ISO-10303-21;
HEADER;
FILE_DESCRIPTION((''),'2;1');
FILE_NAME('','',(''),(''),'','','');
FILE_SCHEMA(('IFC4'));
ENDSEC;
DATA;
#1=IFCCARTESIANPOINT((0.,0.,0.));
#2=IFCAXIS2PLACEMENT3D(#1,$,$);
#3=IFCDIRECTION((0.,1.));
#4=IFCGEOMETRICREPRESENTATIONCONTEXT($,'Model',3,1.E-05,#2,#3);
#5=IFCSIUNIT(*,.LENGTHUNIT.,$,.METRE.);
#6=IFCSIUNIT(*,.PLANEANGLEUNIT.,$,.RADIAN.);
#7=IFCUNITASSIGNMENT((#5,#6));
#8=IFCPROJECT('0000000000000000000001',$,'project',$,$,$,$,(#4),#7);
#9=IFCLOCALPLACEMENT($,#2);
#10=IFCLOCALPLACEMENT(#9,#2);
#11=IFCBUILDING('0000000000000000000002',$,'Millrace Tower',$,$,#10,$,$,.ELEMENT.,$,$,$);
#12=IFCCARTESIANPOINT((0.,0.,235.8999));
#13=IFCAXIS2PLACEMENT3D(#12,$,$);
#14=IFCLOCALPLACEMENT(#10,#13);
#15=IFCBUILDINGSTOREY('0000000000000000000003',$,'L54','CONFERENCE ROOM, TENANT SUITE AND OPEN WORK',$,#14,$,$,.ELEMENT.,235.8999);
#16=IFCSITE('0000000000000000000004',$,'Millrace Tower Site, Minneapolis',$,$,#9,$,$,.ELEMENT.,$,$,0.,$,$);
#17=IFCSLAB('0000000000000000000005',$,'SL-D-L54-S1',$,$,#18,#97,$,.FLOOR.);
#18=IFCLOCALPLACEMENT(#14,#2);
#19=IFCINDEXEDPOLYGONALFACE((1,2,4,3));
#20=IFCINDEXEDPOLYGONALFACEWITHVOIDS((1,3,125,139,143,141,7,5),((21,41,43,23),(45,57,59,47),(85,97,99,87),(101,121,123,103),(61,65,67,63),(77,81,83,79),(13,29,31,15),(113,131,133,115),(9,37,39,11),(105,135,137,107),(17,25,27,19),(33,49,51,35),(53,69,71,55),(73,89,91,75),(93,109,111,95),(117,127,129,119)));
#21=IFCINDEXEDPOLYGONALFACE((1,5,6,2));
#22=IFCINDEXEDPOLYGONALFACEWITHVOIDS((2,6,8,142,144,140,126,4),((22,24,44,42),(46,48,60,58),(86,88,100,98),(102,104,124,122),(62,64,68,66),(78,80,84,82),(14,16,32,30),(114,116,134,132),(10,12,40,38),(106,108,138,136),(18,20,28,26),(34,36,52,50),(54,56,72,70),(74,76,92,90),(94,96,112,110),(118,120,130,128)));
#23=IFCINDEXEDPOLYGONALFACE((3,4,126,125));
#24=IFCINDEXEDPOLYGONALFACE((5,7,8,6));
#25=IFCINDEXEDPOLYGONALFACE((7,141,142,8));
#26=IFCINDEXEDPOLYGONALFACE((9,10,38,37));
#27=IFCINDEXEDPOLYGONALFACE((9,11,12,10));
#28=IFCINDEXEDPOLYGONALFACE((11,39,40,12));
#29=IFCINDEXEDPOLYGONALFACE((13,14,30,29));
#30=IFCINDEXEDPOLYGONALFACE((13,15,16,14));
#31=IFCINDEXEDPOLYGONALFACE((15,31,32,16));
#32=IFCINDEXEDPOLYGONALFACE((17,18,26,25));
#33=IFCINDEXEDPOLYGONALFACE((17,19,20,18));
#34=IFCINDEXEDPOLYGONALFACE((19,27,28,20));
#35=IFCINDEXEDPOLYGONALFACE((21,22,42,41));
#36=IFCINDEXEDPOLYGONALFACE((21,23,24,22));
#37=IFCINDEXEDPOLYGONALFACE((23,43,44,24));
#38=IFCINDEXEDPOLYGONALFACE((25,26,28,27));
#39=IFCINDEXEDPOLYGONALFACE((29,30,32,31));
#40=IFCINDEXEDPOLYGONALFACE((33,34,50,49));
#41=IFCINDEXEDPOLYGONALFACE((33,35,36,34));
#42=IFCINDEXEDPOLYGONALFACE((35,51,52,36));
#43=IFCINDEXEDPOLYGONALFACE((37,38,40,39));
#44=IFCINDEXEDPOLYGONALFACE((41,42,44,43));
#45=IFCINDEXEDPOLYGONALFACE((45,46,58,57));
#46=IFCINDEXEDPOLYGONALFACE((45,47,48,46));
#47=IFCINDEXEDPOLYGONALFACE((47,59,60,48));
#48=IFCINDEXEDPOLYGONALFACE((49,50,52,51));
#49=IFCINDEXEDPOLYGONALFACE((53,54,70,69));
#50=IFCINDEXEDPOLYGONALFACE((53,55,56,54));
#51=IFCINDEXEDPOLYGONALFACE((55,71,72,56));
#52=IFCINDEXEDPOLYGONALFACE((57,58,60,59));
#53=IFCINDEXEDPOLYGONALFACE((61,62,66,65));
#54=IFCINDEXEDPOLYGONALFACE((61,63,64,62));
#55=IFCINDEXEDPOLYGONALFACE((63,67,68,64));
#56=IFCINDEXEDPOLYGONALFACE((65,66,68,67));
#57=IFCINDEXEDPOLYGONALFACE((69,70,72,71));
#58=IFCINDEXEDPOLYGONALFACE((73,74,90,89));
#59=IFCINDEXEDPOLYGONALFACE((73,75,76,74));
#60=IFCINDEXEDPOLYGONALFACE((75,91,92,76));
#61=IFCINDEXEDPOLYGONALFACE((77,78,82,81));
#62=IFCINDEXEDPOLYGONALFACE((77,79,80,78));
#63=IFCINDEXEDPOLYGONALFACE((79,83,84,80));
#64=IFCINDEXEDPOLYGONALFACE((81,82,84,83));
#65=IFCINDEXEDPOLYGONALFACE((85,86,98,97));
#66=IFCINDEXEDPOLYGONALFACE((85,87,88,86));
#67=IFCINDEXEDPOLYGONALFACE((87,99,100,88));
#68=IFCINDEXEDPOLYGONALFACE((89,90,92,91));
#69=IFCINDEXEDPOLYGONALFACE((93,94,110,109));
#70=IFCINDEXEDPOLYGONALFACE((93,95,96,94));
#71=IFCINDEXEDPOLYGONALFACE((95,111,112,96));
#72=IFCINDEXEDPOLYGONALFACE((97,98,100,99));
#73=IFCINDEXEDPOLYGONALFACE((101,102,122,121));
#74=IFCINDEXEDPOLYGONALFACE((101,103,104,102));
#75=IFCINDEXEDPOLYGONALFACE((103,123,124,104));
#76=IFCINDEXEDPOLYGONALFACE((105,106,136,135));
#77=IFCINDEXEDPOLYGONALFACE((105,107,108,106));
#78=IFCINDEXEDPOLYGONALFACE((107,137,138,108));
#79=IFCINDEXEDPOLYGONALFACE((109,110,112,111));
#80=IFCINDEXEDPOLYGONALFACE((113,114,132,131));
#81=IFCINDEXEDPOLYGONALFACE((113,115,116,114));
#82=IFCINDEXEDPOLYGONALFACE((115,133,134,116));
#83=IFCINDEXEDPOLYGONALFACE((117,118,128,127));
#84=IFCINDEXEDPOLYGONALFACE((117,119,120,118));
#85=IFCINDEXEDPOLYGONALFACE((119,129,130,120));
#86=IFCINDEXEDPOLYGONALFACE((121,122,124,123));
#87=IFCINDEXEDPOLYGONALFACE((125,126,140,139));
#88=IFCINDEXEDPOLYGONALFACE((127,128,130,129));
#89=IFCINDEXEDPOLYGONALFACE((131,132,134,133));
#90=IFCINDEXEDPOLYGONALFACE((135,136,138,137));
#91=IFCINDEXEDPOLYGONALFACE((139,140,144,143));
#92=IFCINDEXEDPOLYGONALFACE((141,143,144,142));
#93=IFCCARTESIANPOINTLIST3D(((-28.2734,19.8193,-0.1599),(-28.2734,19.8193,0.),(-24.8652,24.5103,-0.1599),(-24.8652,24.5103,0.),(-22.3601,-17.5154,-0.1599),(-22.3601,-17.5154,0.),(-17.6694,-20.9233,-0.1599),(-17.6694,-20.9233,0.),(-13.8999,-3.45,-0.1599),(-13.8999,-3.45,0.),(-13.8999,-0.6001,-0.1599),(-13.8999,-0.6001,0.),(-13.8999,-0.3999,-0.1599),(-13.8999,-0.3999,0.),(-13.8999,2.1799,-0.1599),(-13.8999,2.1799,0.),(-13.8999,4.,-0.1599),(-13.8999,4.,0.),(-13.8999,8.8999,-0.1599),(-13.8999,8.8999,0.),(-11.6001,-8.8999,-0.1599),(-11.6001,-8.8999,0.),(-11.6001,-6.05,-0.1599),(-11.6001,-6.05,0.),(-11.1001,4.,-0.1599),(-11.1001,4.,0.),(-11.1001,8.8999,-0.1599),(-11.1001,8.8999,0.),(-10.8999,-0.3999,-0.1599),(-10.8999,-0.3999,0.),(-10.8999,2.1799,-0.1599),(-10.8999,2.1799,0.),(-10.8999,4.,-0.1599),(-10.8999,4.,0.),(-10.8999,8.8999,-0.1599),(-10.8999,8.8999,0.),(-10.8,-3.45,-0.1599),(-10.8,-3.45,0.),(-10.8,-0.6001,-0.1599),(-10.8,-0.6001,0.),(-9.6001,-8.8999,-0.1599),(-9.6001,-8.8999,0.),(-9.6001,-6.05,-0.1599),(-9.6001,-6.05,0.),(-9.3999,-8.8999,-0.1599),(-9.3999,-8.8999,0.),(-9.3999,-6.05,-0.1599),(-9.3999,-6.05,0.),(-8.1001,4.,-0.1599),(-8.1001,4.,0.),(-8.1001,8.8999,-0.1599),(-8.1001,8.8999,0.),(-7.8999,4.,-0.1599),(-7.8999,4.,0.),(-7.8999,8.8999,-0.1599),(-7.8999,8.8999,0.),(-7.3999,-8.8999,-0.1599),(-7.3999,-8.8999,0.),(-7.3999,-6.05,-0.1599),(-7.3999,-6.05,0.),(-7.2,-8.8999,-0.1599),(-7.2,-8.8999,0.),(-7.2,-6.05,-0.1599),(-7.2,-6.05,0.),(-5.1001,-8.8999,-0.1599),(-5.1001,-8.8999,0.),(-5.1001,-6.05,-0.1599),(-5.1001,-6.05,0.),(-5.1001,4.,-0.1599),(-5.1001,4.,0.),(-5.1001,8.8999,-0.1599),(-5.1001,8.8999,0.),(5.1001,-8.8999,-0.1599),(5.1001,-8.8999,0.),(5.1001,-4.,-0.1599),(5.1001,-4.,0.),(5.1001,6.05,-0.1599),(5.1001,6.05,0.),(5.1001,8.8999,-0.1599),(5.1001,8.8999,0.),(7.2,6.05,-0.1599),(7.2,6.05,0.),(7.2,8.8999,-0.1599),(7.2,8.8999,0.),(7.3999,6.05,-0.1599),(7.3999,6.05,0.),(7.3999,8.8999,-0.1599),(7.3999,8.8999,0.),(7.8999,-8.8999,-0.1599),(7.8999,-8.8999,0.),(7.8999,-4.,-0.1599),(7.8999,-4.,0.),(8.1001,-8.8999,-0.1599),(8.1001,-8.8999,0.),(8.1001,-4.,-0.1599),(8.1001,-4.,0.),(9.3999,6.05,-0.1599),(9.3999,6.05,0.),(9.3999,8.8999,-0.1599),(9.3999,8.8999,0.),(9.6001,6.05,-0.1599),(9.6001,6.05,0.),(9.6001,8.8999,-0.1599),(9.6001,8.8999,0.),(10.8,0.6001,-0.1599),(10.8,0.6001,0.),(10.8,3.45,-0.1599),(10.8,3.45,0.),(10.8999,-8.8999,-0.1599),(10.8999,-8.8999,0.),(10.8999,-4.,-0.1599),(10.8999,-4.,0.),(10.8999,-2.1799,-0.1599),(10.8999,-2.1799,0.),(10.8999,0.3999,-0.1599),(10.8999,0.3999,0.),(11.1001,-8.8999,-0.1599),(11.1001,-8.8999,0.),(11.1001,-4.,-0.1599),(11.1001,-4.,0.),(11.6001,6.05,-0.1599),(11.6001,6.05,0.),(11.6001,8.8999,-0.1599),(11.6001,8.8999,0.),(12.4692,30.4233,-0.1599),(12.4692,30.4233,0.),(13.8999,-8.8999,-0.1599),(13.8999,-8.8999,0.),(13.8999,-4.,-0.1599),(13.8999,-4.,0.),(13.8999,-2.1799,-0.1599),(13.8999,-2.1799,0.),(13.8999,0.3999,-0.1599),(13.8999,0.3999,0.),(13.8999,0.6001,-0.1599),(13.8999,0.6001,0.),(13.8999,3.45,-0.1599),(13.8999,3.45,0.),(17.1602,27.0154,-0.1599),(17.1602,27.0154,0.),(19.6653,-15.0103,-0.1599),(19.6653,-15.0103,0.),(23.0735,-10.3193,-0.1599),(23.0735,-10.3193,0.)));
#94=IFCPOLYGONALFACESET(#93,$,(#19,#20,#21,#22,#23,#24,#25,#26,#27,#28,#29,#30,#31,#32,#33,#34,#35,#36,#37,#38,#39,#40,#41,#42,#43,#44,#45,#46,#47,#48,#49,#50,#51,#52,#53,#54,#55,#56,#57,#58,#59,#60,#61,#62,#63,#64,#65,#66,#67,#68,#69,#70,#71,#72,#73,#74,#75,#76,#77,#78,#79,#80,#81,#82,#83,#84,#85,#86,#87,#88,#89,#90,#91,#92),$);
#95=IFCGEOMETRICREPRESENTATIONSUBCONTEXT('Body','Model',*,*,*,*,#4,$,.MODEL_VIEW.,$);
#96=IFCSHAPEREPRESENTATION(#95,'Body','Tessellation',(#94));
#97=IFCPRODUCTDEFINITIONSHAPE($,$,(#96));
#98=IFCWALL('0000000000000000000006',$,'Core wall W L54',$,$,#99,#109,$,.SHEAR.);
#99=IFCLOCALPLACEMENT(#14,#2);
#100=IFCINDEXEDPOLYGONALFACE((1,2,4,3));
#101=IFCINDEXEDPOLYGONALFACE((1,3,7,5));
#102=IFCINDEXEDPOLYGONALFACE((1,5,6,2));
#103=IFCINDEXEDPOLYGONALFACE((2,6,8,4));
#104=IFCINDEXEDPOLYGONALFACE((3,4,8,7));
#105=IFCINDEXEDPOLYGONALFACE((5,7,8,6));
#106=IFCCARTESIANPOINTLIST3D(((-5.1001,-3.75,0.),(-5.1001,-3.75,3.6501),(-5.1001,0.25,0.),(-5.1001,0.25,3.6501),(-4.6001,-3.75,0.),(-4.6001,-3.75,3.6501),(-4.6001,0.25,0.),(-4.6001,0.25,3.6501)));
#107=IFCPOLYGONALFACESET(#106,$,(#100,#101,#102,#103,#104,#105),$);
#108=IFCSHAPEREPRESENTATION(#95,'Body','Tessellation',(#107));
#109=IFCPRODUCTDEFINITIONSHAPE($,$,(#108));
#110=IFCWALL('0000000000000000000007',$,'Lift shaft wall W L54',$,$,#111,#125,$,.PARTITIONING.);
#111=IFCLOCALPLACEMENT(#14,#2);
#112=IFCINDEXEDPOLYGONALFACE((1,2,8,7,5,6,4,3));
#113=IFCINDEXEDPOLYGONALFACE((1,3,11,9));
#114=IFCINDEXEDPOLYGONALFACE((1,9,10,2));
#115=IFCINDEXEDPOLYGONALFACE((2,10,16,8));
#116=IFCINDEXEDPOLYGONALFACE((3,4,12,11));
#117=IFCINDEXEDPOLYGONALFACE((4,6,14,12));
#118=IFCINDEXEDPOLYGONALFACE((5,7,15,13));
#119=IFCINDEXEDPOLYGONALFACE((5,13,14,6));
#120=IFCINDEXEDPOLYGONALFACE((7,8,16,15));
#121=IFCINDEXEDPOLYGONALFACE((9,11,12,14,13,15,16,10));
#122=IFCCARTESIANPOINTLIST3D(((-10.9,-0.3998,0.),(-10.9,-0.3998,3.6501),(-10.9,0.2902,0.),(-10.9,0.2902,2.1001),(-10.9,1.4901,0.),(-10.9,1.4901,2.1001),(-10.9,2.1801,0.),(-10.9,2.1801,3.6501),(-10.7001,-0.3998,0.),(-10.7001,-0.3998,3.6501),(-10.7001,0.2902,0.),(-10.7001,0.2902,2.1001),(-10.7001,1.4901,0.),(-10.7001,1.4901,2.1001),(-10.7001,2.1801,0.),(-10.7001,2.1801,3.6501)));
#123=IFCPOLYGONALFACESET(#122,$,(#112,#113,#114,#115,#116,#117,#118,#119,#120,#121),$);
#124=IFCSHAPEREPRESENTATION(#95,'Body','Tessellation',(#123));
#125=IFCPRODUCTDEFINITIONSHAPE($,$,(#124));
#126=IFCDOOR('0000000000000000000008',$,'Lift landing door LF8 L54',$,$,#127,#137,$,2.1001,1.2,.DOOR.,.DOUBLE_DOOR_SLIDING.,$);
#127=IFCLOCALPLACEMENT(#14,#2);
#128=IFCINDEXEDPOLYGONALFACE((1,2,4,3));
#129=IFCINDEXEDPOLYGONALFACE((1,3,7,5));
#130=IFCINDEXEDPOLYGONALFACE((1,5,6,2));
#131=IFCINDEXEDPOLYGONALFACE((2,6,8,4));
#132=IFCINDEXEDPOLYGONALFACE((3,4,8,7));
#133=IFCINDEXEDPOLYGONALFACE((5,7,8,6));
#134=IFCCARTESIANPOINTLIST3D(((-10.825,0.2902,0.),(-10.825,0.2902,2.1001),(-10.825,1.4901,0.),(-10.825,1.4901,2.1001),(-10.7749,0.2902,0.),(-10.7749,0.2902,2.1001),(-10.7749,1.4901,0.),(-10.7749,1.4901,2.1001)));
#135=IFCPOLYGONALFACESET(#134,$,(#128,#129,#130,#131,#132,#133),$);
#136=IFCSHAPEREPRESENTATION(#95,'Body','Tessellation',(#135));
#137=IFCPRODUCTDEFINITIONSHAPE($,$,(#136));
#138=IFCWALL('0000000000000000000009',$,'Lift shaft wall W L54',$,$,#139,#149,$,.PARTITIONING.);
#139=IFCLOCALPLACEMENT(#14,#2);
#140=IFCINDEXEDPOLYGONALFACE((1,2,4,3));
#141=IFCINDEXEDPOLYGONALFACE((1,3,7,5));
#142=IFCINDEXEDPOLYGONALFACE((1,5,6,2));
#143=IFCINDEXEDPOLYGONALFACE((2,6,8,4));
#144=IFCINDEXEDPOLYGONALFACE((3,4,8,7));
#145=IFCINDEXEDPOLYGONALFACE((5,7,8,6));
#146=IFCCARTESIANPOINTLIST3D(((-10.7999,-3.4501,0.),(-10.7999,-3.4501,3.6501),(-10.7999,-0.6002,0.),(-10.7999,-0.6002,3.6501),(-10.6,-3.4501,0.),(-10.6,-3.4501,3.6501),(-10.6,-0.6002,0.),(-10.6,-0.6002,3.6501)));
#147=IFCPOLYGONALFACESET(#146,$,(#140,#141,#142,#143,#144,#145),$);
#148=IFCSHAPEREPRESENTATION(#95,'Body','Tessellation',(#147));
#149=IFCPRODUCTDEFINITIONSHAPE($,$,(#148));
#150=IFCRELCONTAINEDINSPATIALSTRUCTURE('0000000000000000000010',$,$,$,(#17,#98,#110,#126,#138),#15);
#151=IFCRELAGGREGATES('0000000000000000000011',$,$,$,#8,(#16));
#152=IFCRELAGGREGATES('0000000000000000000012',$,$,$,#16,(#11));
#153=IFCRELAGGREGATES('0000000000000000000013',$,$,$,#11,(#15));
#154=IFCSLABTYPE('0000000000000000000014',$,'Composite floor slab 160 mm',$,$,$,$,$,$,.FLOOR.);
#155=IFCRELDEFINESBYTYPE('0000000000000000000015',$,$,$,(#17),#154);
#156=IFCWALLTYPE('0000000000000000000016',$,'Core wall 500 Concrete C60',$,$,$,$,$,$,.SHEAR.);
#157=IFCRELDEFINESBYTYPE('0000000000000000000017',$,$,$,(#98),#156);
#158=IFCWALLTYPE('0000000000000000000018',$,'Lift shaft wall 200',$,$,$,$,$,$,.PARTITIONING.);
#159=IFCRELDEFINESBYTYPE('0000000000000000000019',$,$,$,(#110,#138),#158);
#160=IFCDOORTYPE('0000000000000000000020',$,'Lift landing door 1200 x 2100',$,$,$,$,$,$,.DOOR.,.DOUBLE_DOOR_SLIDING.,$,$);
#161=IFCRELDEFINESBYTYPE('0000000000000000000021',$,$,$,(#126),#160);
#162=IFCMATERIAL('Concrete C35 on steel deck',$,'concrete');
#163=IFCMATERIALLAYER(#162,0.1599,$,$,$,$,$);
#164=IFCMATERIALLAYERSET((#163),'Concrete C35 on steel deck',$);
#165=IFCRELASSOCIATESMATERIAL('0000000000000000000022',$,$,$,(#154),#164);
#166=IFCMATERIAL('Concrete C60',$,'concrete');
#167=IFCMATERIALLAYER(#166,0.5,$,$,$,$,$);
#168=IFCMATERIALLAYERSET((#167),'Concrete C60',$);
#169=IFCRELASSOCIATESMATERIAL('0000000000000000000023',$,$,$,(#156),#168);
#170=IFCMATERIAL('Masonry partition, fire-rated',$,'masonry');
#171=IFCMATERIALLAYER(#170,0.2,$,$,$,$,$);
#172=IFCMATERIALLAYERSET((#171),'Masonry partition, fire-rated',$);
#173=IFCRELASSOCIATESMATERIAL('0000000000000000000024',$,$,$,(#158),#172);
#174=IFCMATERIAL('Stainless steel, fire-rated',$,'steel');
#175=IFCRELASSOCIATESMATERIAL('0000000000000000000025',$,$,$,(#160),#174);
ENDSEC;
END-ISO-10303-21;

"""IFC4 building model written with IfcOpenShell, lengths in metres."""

from ifc_helpers import new_model, si_unit, direction, frame, frame_2d, origin, place, context, subcontext, project, spatial, polyline, rectangle, outline, extrude, material, layer, layer_set, type_object, element, fill, save


model = new_model("IFC4")

# Units and contexts
model_context = context("Model", 3, precision=1e-05, world=origin(), true_north=direction((0.0, 1.0)))
body_context = subcontext(model_context, "Body", "Model", "MODEL_VIEW")
ifc_project = project(units=[si_unit("LENGTHUNIT", "METRE"), si_unit("PLANEANGLEUNIT", "RADIAN")], contexts=[model_context])

# Site, building, storey
site_placement = place(None, origin())
site = spatial("IfcSite", under=ifc_project, at=site_placement, Name="Millrace Tower Site, Minneapolis", CompositionType="ELEMENT", RefElevation=0.0)
building_placement = place(site_placement, origin())
building = spatial("IfcBuilding", under=site, at=building_placement, Name="Millrace Tower", CompositionType="ELEMENT")
storey_placement = place(building_placement, frame((0.0, 0.0, 235.8999)))
storey = spatial("IfcBuildingStorey", under=building, at=storey_placement, Name="L54", Description="CONFERENCE ROOM, TENANT SUITE AND OPEN WORK", CompositionType="ELEMENT", Elevation=235.8999)

# Slab
ifc_material_1 = material(Name="Concrete C35 on steel deck", Category="concrete")
ifc_layer_1 = layer(ifc_material_1, 0.1599)
ifc_layer_set_1 = layer_set([ifc_layer_1], Name="Concrete C35 on steel deck")
slab_type = type_object("IfcSlabType", Name="Composite floor slab 160 mm", PredefinedType="FLOOR", material=ifc_layer_set_1)
slab_placement = place(storey_placement, frame((0.0, 0.0, -0.1599)))
element("IfcSlab", 1, at=slab_placement, inside=storey, type_object=slab_type, Name="SL-D-L54-S1", PredefinedType="FLOOR", context=body_context, shape_type="SweptSolid", body=[
    extrude(outline(polyline([(-22.3601, -17.5154), (-17.6694, -20.9233), (19.6653, -15.0103), (23.0735, -10.3193), (17.1602, 27.0154), (12.4692, 30.4233), (-24.8652, 24.5103), (-28.2734, 19.8193), (-22.3601, -17.5154)]), holes=[polyline([(-11.6001, -8.8999), (-9.6001, -8.8999), (-9.6001, -6.05), (-11.6001, -6.05), (-11.6001, -8.8999)]), polyline([(-9.3999, -8.8999), (-7.3999, -8.8999), (-7.3999, -6.05), (-9.3999, -6.05), (-9.3999, -8.8999)]), polyline([(-7.2, -8.8999), (-5.1001, -8.8999), (-5.1001, -6.05), (-7.2, -6.05), (-7.2, -8.8999)]), polyline([(-13.8999, -3.45), (-10.8, -3.45), (-10.8, -0.6001), (-13.8999, -0.6001), (-13.8999, -3.45)]), polyline([(-13.8999, -0.3999), (-10.8999, -0.3999), (-10.8999, 2.1799), (-13.8999, 2.1799), (-13.8999, -0.3999)]), polyline([(-13.8999, 4.0), (-11.1001, 4.0), (-11.1001, 8.8999), (-13.8999, 8.8999), (-13.8999, 4.0)]), polyline([(-10.8999, 4.0), (-8.1001, 4.0), (-8.1001, 8.8999), (-10.8999, 8.8999), (-10.8999, 4.0)]), polyline([(-7.8999, 4.0), (-5.1001, 4.0), (-5.1001, 8.8999), (-7.8999, 8.8999), (-7.8999, 4.0)]), polyline([(9.6001, 6.05), (11.6001, 6.05), (11.6001, 8.8999), (9.6001, 8.8999), (9.6001, 6.05)]), polyline([(7.3999, 6.05), (9.3999, 6.05), (9.3999, 8.8999), (7.3999, 8.8999), (7.3999, 6.05)]), polyline([(5.1001, 6.05), (7.2, 6.05), (7.2, 8.8999), (5.1001, 8.8999), (5.1001, 6.05)]), polyline([(10.8, 0.6001), (13.8999, 0.6001), (13.8999, 3.45), (10.8, 3.45), (10.8, 0.6001)]), polyline([(10.8999, -2.1799), (13.8999, -2.1799), (13.8999, 0.3999), (10.8999, 0.3999), (10.8999, -2.1799)]), polyline([(11.1001, -8.8999), (13.8999, -8.8999), (13.8999, -4.0), (11.1001, -4.0), (11.1001, -8.8999)]), polyline([(8.1001, -8.8999), (10.8999, -8.8999), (10.8999, -4.0), (8.1001, -4.0), (8.1001, -8.8999)]), polyline([(5.1001, -8.8999), (7.8999, -8.8999), (7.8999, -4.0), (5.1001, -4.0), (5.1001, -8.8999)])]), origin(), (0.0, 0.0, 1.0), 0.1599),
])

# Wall
ifc_material_2 = material(Name="Concrete C60", Category="concrete")
ifc_layer_2 = layer(ifc_material_2, 0.5)
ifc_layer_set_2 = layer_set([ifc_layer_2], Name="Concrete C60")
wall_type_1 = type_object("IfcWallType", Name="Core wall 500 Concrete C60", PredefinedType="SHEAR", material=ifc_layer_set_2)
wall_1_placement = place(storey_placement, frame((-4.8501, -3.75, 0.0), z_axis=(0.0, 0.0, 1.0), x_axis=(0.0, 1.0, 0.0)))
element("IfcWall", 2, at=wall_1_placement, inside=storey, type_object=wall_type_1, Name="Core wall W L54", PredefinedType="SHEAR", context=body_context, shape_type="SweptSolid", body=[
    extrude(rectangle(XDim=4.0, YDim=0.5, at=frame_2d((2.0, 0.0))), origin(), (0.0, 0.0, 1.0), 3.6501),
])

# Wall, opening, door
ifc_material_3 = material(Name="Masonry partition, fire-rated", Category="masonry")
ifc_layer_3 = layer(ifc_material_3, 0.2)
ifc_layer_set_3 = layer_set([ifc_layer_3], Name="Masonry partition, fire-rated")
wall_type_2 = type_object("IfcWallType", Name="Lift shaft wall 200", PredefinedType="PARTITIONING", material=ifc_layer_set_3)
wall_2_placement = place(storey_placement, frame((-10.8, -0.3999, 0.0), z_axis=(0.0, 0.0, 1.0), x_axis=(0.0, 1.0, 0.0)))
wall_2 = element("IfcWall", 3, at=wall_2_placement, inside=storey, type_object=wall_type_2, Name="Lift shaft wall W L54", PredefinedType="PARTITIONING", context=body_context, shape_type="SweptSolid", body=[
    extrude(rectangle(XDim=2.5798, YDim=0.2, at=frame_2d((1.29, 0.0))), origin(), (0.0, 0.0, 1.0), 3.6501),
])
opening_1_placement = place(wall_2_placement, frame((0.6899, 0.0, 0.0)))
opening_1 = element("IfcOpeningElement", 4, at=opening_1_placement, cuts=wall_2, PredefinedType="OPENING", context=body_context, shape_type="SweptSolid", body=[
    extrude(rectangle(XDim=1.2, YDim=2.1001, at=frame_2d((0.6001, 1.05))), frame((0.0, 0.1099, 0.0), z_axis=(0.0, -1.0, 0.0), x_axis=(1.0, 0.0, 0.0)), (0.0, 0.0, 1.0), 0.22),
])
ifc_material_4 = material(Name="Stainless steel, fire-rated", Category="steel")
door_type_1 = type_object("IfcDoorType", Name="Lift landing door 1200 x 2100", OperationType="DOUBLE_DOOR_SLIDING", PredefinedType="DOOR", material=ifc_material_4)
door_1_placement = place(opening_1_placement, origin())
door_1 = element("IfcDoor", 5, at=door_1_placement, inside=storey, type_object=door_type_1, Name="Lift landing door LF8 L54", OperationType="DOUBLE_DOOR_SLIDING", OverallHeight=2.1001, OverallWidth=1.2, PredefinedType="DOOR", context=body_context, shape_type="SweptSolid", body=[
    extrude(rectangle(XDim=1.2, YDim=2.1001, at=frame_2d((0.6001, 1.05))), frame((0.0, 0.0249, 0.0), z_axis=(0.0, -1.0, 0.0), x_axis=(1.0, 0.0, 0.0)), (0.0, 0.0, 1.0), 0.05),
])
fill(opening_1, door_1)

# Wall
wall_3_placement = place(storey_placement, frame((-10.7, -3.45, 0.0), z_axis=(0.0, 0.0, 1.0), x_axis=(0.0, 1.0, 0.0)))
element("IfcWall", 6, at=wall_3_placement, inside=storey, type_object=wall_type_2, Name="Lift shaft wall W L54", PredefinedType="PARTITIONING", context=body_context, shape_type="SweptSolid", body=[
    extrude(rectangle(XDim=2.8499, YDim=0.2, at=frame_2d((1.4248, 0.0))), origin(), (0.0, 0.0, 1.0), 3.6501),
])

save(model, "model.ifc")
